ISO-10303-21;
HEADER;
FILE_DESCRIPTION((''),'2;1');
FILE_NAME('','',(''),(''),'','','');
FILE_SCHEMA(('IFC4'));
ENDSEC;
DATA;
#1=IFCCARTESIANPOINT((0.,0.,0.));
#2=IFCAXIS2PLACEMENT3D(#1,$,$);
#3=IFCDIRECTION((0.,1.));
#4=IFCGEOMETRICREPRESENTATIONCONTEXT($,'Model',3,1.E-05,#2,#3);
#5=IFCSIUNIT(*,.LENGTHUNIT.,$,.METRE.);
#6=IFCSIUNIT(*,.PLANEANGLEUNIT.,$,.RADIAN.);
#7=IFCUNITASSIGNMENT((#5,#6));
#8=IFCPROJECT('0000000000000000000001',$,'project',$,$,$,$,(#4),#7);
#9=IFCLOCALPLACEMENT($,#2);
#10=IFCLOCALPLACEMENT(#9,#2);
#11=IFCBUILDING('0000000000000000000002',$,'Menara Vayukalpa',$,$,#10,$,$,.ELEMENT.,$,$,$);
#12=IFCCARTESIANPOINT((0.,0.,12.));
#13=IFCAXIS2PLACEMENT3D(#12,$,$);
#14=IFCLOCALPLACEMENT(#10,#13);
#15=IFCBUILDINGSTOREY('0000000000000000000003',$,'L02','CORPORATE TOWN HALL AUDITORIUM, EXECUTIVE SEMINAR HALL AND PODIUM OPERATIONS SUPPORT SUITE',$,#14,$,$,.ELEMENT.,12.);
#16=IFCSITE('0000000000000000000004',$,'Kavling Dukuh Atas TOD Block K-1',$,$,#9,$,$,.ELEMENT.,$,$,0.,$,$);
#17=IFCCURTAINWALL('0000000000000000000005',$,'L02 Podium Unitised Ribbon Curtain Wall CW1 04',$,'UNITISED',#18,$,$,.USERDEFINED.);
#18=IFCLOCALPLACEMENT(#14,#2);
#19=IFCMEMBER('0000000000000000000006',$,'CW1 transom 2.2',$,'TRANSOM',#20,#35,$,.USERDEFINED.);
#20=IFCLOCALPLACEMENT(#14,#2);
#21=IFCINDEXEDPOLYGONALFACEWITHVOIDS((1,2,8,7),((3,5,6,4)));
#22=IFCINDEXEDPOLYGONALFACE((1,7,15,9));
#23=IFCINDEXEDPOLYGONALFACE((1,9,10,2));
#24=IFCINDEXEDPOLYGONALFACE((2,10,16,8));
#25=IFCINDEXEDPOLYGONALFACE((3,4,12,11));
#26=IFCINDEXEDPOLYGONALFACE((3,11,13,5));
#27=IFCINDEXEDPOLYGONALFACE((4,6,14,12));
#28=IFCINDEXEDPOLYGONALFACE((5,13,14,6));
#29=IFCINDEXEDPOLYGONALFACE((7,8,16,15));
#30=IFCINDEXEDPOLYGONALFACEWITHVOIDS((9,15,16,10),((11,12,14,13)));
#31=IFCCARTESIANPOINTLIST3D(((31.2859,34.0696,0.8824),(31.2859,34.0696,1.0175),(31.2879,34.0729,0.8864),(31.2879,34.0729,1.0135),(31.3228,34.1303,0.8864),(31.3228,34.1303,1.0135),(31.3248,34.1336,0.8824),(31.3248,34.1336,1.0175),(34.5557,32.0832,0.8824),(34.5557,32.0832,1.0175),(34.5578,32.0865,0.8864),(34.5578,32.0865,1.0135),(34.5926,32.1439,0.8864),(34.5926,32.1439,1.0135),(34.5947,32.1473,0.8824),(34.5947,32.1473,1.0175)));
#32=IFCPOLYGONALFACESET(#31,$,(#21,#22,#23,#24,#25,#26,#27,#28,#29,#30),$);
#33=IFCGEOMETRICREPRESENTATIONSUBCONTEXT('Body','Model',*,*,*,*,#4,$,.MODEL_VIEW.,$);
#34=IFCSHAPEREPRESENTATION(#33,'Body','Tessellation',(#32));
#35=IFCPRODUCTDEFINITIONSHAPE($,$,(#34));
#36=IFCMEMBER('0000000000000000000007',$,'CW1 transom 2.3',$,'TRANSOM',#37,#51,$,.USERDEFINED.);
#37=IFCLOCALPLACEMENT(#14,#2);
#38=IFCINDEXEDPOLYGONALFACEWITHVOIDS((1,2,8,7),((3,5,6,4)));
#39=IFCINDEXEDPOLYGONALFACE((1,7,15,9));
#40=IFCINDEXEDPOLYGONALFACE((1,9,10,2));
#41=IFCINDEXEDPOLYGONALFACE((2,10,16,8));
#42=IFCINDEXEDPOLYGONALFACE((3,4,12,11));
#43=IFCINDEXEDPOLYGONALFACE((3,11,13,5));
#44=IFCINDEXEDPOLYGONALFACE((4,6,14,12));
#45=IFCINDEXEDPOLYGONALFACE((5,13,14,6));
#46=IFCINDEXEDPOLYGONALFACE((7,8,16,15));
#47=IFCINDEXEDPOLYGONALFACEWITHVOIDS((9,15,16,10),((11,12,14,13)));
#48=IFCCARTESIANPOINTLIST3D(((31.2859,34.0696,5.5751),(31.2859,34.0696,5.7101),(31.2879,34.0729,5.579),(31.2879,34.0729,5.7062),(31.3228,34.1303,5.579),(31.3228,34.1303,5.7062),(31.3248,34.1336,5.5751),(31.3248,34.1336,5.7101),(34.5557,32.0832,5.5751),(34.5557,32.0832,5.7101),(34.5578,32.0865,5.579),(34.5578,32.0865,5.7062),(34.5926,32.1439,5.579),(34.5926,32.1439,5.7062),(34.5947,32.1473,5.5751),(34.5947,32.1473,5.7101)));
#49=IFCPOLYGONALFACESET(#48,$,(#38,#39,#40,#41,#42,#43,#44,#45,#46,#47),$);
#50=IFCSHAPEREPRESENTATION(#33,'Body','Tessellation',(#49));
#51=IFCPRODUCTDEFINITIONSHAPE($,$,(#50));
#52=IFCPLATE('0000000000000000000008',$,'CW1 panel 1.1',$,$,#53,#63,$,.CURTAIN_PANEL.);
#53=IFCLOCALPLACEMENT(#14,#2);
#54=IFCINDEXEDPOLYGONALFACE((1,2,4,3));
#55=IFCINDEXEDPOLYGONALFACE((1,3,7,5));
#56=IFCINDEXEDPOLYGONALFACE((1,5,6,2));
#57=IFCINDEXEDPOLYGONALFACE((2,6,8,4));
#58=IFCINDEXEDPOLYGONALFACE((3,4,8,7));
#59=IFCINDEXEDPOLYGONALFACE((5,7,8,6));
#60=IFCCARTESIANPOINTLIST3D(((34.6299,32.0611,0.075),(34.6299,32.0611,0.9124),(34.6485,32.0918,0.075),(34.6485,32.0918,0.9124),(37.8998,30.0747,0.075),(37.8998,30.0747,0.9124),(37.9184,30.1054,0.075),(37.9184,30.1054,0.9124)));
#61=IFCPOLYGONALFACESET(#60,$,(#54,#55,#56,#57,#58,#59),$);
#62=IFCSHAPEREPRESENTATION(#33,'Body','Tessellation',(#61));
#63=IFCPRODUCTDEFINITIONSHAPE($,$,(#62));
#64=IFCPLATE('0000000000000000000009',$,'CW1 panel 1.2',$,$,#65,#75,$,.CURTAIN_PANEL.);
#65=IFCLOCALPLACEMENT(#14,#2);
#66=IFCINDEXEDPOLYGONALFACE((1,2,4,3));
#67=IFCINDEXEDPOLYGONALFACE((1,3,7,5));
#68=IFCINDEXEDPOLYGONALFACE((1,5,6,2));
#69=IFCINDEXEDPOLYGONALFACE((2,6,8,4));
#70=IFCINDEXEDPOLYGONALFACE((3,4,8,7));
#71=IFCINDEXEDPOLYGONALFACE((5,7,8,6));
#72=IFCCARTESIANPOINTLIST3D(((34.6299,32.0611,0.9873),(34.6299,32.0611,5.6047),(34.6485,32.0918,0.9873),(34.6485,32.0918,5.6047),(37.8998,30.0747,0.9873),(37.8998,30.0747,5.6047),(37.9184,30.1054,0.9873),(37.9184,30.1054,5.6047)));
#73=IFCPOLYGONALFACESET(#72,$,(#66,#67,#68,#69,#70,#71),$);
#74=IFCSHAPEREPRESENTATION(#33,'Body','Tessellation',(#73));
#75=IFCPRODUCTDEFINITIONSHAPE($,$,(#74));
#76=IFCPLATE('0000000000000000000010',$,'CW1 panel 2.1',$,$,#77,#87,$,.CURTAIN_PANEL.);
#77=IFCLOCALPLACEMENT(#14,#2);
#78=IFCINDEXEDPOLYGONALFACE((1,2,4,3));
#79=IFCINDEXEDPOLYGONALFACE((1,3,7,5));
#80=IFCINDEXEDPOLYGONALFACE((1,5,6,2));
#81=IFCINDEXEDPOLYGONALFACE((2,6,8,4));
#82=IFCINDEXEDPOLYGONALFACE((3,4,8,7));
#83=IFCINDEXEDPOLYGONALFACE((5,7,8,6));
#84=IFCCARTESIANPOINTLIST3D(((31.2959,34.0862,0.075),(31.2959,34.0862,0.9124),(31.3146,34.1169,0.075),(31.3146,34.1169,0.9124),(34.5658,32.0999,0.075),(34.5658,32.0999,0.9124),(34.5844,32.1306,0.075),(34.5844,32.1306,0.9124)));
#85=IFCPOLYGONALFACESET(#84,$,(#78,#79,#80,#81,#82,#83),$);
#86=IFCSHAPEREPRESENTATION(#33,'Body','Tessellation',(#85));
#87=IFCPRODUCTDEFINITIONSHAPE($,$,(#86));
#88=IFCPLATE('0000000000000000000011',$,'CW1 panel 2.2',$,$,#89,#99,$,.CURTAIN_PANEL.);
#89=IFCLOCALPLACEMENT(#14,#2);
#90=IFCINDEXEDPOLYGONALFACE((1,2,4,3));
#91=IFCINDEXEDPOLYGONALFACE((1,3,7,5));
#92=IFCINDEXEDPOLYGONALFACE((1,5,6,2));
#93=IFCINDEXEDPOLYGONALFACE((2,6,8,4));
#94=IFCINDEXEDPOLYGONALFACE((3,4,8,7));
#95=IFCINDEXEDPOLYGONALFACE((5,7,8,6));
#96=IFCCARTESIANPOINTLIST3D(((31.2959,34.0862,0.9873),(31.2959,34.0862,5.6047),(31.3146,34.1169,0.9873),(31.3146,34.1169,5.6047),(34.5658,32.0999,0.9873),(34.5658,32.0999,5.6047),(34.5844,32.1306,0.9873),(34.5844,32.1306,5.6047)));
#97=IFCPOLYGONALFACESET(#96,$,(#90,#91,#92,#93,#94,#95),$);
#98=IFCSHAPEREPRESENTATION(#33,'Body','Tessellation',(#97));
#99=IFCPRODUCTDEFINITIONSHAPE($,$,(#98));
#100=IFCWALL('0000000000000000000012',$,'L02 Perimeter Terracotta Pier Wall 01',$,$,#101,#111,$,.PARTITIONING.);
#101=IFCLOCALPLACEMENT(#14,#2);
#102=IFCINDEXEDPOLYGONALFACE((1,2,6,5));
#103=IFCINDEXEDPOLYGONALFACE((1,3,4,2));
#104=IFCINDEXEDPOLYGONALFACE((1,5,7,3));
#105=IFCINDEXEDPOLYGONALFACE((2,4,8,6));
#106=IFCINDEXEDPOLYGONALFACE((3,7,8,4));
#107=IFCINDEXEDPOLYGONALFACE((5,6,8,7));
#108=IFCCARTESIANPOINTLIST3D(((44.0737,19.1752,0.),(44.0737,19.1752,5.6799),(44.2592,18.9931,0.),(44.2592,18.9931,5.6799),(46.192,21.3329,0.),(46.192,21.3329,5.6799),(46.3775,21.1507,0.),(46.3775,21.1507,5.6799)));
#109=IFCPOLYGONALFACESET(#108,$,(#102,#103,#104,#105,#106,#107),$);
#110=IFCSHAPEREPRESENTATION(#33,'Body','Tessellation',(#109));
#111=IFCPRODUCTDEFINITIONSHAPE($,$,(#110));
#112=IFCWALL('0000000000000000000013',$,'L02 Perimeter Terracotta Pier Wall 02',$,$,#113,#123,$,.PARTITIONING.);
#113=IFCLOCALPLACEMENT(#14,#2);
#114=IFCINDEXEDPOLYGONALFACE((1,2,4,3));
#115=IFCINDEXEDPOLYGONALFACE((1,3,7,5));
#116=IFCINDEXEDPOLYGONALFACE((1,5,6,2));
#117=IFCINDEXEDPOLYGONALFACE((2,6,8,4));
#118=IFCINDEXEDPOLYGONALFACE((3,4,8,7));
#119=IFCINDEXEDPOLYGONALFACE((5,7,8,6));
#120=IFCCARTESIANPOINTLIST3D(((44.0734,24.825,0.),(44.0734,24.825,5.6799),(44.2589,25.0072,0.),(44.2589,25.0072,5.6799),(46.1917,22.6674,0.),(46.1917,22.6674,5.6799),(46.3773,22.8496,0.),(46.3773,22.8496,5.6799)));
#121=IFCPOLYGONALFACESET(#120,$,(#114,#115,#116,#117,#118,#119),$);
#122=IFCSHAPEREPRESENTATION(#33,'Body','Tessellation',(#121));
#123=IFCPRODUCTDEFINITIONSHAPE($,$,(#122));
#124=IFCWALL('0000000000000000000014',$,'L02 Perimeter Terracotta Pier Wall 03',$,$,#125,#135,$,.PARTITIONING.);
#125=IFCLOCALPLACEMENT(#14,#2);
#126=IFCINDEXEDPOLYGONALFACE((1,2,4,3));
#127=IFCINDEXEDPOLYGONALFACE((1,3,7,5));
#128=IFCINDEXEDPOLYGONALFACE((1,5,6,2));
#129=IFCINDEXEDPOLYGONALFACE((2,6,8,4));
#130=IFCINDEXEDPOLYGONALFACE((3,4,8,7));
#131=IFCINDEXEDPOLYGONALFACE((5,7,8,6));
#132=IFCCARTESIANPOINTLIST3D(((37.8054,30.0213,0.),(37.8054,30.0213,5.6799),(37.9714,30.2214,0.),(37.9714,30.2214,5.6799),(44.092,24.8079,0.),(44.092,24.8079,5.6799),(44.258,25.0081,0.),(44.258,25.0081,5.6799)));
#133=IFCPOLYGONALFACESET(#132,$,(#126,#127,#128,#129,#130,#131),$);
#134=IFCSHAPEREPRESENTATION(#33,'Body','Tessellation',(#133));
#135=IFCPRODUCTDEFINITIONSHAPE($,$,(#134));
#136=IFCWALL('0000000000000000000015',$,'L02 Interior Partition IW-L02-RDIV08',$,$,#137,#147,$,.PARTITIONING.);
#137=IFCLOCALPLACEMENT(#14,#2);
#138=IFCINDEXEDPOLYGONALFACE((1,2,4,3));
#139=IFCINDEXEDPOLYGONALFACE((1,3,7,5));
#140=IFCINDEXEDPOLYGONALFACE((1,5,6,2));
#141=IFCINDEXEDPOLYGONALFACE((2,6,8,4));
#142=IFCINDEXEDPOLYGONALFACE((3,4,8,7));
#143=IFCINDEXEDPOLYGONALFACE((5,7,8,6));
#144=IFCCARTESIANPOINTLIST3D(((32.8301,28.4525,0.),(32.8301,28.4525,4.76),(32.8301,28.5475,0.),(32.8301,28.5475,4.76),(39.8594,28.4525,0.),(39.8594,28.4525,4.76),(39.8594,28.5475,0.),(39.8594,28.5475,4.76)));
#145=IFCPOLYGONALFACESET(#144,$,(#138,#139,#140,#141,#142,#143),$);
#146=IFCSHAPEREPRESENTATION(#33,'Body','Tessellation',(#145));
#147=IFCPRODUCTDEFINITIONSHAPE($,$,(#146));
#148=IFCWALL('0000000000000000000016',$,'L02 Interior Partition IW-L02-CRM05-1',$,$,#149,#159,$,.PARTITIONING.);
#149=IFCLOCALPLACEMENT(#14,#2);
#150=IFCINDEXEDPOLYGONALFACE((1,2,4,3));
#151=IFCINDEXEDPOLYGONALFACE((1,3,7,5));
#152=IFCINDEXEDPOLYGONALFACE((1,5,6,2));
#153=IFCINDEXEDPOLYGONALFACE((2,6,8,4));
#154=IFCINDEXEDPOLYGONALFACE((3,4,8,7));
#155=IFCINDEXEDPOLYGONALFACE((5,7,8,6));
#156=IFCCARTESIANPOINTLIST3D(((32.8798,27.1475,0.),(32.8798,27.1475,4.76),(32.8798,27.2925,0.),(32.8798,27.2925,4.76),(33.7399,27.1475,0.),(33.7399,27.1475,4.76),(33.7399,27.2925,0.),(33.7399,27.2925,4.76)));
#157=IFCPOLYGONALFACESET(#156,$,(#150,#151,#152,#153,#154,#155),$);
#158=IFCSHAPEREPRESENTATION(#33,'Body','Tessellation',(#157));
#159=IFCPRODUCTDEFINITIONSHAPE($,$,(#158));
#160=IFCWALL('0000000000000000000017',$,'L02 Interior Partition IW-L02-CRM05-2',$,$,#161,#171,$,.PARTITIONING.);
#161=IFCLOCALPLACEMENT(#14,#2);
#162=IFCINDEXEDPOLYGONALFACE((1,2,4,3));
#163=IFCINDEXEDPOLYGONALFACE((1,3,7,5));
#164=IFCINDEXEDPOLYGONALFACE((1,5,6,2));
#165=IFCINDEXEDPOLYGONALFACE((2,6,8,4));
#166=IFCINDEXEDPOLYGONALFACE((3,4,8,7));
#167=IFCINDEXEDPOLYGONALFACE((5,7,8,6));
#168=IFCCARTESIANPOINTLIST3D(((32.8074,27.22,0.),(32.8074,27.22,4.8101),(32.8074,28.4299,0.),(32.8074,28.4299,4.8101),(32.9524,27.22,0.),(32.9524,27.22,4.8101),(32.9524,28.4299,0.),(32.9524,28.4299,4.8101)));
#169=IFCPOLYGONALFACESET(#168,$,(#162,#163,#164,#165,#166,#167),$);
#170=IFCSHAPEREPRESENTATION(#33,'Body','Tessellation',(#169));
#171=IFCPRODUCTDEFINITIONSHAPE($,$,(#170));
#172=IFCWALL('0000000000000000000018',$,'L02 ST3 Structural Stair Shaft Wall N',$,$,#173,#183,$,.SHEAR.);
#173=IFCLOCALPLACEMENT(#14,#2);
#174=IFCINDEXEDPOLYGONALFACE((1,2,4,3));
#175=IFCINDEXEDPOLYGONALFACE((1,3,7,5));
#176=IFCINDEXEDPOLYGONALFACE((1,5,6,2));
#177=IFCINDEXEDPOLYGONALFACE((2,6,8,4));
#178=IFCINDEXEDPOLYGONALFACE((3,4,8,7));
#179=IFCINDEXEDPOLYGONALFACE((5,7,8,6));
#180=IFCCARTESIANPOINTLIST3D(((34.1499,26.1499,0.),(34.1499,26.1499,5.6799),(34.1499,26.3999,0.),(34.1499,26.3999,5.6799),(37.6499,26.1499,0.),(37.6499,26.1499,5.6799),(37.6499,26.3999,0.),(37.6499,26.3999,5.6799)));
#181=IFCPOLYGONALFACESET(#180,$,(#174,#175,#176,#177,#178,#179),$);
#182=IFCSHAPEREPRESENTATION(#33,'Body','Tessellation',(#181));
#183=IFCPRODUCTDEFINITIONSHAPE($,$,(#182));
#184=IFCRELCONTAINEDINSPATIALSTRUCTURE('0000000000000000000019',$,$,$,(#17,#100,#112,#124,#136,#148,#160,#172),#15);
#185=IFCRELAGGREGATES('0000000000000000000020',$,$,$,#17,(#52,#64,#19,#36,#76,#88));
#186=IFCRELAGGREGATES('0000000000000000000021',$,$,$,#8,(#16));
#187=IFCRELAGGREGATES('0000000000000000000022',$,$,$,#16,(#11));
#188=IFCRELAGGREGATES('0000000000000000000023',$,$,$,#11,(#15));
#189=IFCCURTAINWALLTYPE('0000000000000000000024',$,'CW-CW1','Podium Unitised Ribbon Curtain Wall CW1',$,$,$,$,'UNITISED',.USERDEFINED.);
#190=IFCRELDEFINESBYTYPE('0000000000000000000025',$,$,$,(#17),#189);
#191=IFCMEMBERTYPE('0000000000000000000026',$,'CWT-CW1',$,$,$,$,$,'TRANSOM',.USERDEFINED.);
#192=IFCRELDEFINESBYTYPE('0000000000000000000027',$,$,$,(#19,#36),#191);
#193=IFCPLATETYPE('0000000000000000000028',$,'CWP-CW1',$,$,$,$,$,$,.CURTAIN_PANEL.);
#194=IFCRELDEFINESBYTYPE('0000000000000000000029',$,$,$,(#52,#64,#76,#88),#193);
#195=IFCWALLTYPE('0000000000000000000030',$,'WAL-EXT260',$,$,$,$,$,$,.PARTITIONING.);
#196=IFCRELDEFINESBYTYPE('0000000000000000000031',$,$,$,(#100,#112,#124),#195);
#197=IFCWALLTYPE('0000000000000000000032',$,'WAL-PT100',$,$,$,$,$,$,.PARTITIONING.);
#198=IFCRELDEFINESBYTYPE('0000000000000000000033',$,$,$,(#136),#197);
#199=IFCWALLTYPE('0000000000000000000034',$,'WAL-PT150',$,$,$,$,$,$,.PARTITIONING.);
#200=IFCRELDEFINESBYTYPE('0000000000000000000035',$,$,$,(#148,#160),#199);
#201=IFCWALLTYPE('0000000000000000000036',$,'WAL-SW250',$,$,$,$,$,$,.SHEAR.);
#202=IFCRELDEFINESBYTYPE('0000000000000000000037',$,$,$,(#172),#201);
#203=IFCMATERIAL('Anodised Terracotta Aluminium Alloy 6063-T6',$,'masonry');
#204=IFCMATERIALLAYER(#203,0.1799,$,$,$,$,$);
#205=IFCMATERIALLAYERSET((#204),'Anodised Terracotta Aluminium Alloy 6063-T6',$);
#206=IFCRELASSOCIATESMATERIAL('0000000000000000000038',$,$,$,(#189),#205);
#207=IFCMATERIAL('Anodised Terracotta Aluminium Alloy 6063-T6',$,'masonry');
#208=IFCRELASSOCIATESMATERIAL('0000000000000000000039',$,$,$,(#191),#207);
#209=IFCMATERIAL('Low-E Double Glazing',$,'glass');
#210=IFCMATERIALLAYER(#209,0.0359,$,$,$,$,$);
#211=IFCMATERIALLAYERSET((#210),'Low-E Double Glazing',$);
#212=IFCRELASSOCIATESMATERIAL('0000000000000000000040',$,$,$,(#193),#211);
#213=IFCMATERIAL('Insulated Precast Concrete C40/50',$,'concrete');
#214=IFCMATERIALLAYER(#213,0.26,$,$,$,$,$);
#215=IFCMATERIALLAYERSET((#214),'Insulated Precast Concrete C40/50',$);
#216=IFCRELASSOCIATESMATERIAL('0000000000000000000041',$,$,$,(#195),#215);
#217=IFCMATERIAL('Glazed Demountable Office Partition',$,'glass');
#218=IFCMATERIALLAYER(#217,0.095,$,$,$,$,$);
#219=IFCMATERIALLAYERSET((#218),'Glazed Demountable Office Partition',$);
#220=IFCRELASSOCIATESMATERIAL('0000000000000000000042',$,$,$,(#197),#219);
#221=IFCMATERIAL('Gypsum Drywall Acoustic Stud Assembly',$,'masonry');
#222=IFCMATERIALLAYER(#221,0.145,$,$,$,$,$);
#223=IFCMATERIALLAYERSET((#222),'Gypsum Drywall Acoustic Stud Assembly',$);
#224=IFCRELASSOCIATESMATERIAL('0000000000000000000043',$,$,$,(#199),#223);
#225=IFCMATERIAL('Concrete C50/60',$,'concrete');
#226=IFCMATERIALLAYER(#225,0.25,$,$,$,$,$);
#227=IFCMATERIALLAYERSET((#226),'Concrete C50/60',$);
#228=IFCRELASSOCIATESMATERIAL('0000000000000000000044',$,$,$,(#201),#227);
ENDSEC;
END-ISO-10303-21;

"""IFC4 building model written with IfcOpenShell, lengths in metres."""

from ifc_helpers import new_model, si_unit, direction, frame, frame_2d, origin, origin_2d, place, context, subcontext, project, spatial, rectangle, hollow_rectangle, extrude, material, layer, layer_set, material_profile, profile_set, type_object, element, aggregate, save


model = new_model("IFC4")

# Units and contexts
model_context = context("Model", 3, precision=1e-05, world=origin(), true_north=direction((0.0, 1.0)))
body_context = subcontext(model_context, "Body", "Model", "MODEL_VIEW")
ifc_project = project(units=[si_unit("LENGTHUNIT", "METRE"), si_unit("PLANEANGLEUNIT", "RADIAN")], contexts=[model_context])

# Site, building, storey
site_placement = place(None, origin())
site = spatial("IfcSite", under=ifc_project, at=site_placement, Name="Kavling Dukuh Atas TOD Block K-1", CompositionType="ELEMENT", RefElevation=0.0)
building_placement = place(site_placement, origin())
building = spatial("IfcBuilding", under=site, at=building_placement, Name="Menara Vayukalpa", CompositionType="ELEMENT")
storey_placement = place(building_placement, frame((0.0, 0.0, 12.0)))
storey = spatial("IfcBuildingStorey", under=building, at=storey_placement, Name="L02", Description="CORPORATE TOWN HALL AUDITORIUM, EXECUTIVE SEMINAR HALL AND PODIUM OPERATIONS SUPPORT SUITE", CompositionType="ELEMENT", Elevation=12.0)

# Curtain wall, members, plates
ifc_material_1 = material(Name="Anodised Terracotta Aluminium Alloy 6063-T6", Category="masonry")
ifc_layer_1 = layer(ifc_material_1, 0.1799)
ifc_layer_set_1 = layer_set([ifc_layer_1], Name="Anodised Terracotta Aluminium Alloy 6063-T6")
curtain_wall_type = type_object("IfcCurtainWallType", Name="CW-CW1", Description="Podium Unitised Ribbon Curtain Wall CW1", ElementType="UNITISED", PredefinedType="USERDEFINED", material=ifc_layer_set_1)
curtain_wall_placement = place(storey_placement, origin())
curtain_wall = element("IfcCurtainWall", 1, at=curtain_wall_placement, inside=storey, type_object=curtain_wall_type, Name="L02 Podium Unitised Ribbon Curtain Wall CW1 04", ObjectType="UNITISED", PredefinedType="USERDEFINED")
ifc_material_2 = material(Name="Anodised Terracotta Aluminium Alloy 6063-T6", Category="masonry")
ifc_material_profile_1 = material_profile(ifc_material_2, hollow_rectangle(XDim=0.075, YDim=0.135, WallThickness=0.0039, at=origin_2d()), Name="ALU 75x135x4")
ifc_profile_set_1 = profile_set([ifc_material_profile_1], Name="Anodised Terracotta Aluminium Alloy 6063-T6")
member_type_1 = type_object("IfcMemberType", Name="CWT-CW1", ElementType="TRANSOM", PredefinedType="USERDEFINED", material=ifc_profile_set_1)
member_1_placement = place(storey_placement, frame((34.5752, 32.1152, 0.95), z_axis=(-0.854659, 0.51919, 0.0), x_axis=(-0.51919, -0.854659, 0.0)))
member_1 = element("IfcMember", 2, at=member_1_placement, type_object=member_type_1, Name="CW1 transom 2.2", ObjectType="TRANSOM", PredefinedType="USERDEFINED", context=body_context, shape_type="SweptSolid", body=[
    extrude(hollow_rectangle(XDim=0.075, YDim=0.135, WallThickness=0.0039, at=origin_2d()), origin(), (0.0, 0.0, 1.0), 3.8259),
])
member_2_placement = place(storey_placement, frame((34.5752, 32.1152, 5.6426), z_axis=(-0.854659, 0.51919, 0.0), x_axis=(-0.51919, -0.854659, 0.0)))
member_2 = element("IfcMember", 3, at=member_2_placement, type_object=member_type_1, Name="CW1 transom 2.3", ObjectType="TRANSOM", PredefinedType="USERDEFINED", context=body_context, shape_type="SweptSolid", body=[
    extrude(hollow_rectangle(XDim=0.075, YDim=0.135, WallThickness=0.0039, at=origin_2d()), origin(), (0.0, 0.0, 1.0), 3.8259),
])
ifc_material_3 = material(Name="Low-E Double Glazing", Category="glass")
ifc_layer_2 = layer(ifc_material_3, 0.0359)
ifc_layer_set_2 = layer_set([ifc_layer_2], Name="Low-E Double Glazing")
plate_type = type_object("IfcPlateType", Name="CWP-CW1", PredefinedType="CURTAIN_PANEL", material=ifc_layer_set_2)
plate_1_placement = place(storey_placement, frame((36.2742, 31.0833, 0.075), z_axis=(0.0, 0.0, 1.0), x_axis=(-0.854665, 0.51918, 0.0)))
plate_1 = element("IfcPlate", 4, at=plate_1_placement, type_object=plate_type, Name="CW1 panel 1.1", PredefinedType="CURTAIN_PANEL", context=body_context, shape_type="SweptSolid", body=[
    extrude(rectangle(XDim=3.8259, YDim=0.0359, at=origin_2d()), origin(), (0.0, 0.0, 1.0), 0.8374),
])
plate_2_placement = place(storey_placement, frame((36.2742, 31.0833, 0.9873), z_axis=(0.0, 0.0, 1.0), x_axis=(-0.854665, 0.51918, 0.0)))
plate_2 = element("IfcPlate", 5, at=plate_2_placement, type_object=plate_type, Name="CW1 panel 1.2", PredefinedType="CURTAIN_PANEL", context=body_context, shape_type="SweptSolid", body=[
    extrude(rectangle(XDim=3.8259, YDim=0.0359, at=origin_2d()), origin(), (0.0, 0.0, 1.0), 4.6174),
])
plate_3_placement = place(storey_placement, frame((32.9402, 33.1084, 0.075), z_axis=(0.0, 0.0, 1.0), x_axis=(-0.854665, 0.51918, 0.0)))
plate_3 = element("IfcPlate", 6, at=plate_3_placement, type_object=plate_type, Name="CW1 panel 2.1", PredefinedType="CURTAIN_PANEL", context=body_context, shape_type="SweptSolid", body=[
    extrude(rectangle(XDim=3.8259, YDim=0.0359, at=origin_2d()), origin(), (0.0, 0.0, 1.0), 0.8374),
])
plate_4_placement = place(storey_placement, frame((32.9402, 33.1084, 0.9873), z_axis=(0.0, 0.0, 1.0), x_axis=(-0.854665, 0.51918, 0.0)))
plate_4 = element("IfcPlate", 7, at=plate_4_placement, type_object=plate_type, Name="CW1 panel 2.2", PredefinedType="CURTAIN_PANEL", context=body_context, shape_type="SweptSolid", body=[
    extrude(rectangle(XDim=3.8259, YDim=0.0359, at=origin_2d()), origin(), (0.0, 0.0, 1.0), 4.6174),
])
aggregate(curtain_wall, [plate_1, plate_2, member_1, member_2, plate_3, plate_4])

# Walls
ifc_material_4 = material(Name="Insulated Precast Concrete C40/50", Category="concrete")
ifc_layer_3 = layer(ifc_material_4, 0.26)
ifc_layer_set_3 = layer_set([ifc_layer_3], Name="Insulated Precast Concrete C40/50")
wall_type_1 = type_object("IfcWallType", Name="WAL-EXT260", PredefinedType="PARTITIONING", material=ifc_layer_set_3)
for number, where, z_axis, x_axis, name in (
    (8, (46.2847, 21.2417, 0.0), (0.0, 0.0, 1.0), (-0.700577, -0.713576, 0.0), "L02 Perimeter Terracotta Pier Wall 01"),
    (9, (44.1663, 24.916, 0.0), (0.0, 0.0, 1.0), (0.700577, -0.713576, 0.0), "L02 Perimeter Terracotta Pier Wall 02"),
):
    element("IfcWall", number, at=place(storey_placement, frame(where, z_axis=z_axis, x_axis=x_axis)), inside=storey, type_object=wall_type_1, Name=name, PredefinedType="PARTITIONING", context=body_context, shape_type="SweptSolid", body=[
        extrude(rectangle(XDim=3.0237, YDim=0.26, at=frame_2d((1.5117, 0.0))), origin(), (0.0, 0.0, 1.0), 5.6799),
    ])
wall_1_placement = place(storey_placement, frame((37.8884, 30.1213, 0.0), z_axis=(0.0, 0.0, 1.0), x_axis=(0.769753, -0.638342, 0.0)))
element("IfcWall", 10, at=wall_1_placement, inside=storey, type_object=wall_type_1, Name="L02 Perimeter Terracotta Pier Wall 03", PredefinedType="PARTITIONING", context=body_context, shape_type="SweptSolid", body=[
    extrude(rectangle(XDim=8.167, YDim=0.26, at=frame_2d((4.0835, 0.0))), origin(), (0.0, 0.0, 1.0), 5.6799),
])
ifc_material_5 = material(Name="Glazed Demountable Office Partition", Category="glass")
ifc_layer_4 = layer(ifc_material_5, 0.095)
ifc_layer_set_4 = layer_set([ifc_layer_4], Name="Glazed Demountable Office Partition")
wall_type_2 = type_object("IfcWallType", Name="WAL-PT100", PredefinedType="PARTITIONING", material=ifc_layer_set_4)
wall_2_placement = place(storey_placement, frame((32.8301, 28.5, 0.0), z_axis=(0.0, 0.0, 1.0), x_axis=(1.0, 0.0, 0.0)))
element("IfcWall", 11, at=wall_2_placement, inside=storey, type_object=wall_type_2, Name="L02 Interior Partition IW-L02-RDIV08", PredefinedType="PARTITIONING", context=body_context, shape_type="SweptSolid", body=[
    extrude(rectangle(XDim=7.0293, YDim=0.095, at=frame_2d((3.5146, 0.0))), origin(), (0.0, 0.0, 1.0), 4.76),
])
ifc_material_6 = material(Name="Gypsum Drywall Acoustic Stud Assembly", Category="masonry")
ifc_layer_5 = layer(ifc_material_6, 0.145)
ifc_layer_set_5 = layer_set([ifc_layer_5], Name="Gypsum Drywall Acoustic Stud Assembly")
wall_type_3 = type_object("IfcWallType", Name="WAL-PT150", PredefinedType="PARTITIONING", material=ifc_layer_set_5)
wall_3_placement = place(storey_placement, frame((33.74, 27.22, 0.0), z_axis=(0.0, 0.0, 1.0), x_axis=(-1.0, 0.0, 0.0)))
element("IfcWall", 12, at=wall_3_placement, inside=storey, type_object=wall_type_3, Name="L02 Interior Partition IW-L02-CRM05-1", PredefinedType="PARTITIONING", context=body_context, shape_type="SweptSolid", body=[
    extrude(rectangle(XDim=0.8601, YDim=0.145, at=frame_2d((0.4302, 0.0))), origin(), (0.0, 0.0, 1.0), 4.76),
])
wall_4_placement = place(storey_placement, frame((32.8799, 27.22, 0.0), z_axis=(0.0, 0.0, 1.0), x_axis=(0.0, 1.0, 0.0)))
element("IfcWall", 13, at=wall_4_placement, inside=storey, type_object=wall_type_3, Name="L02 Interior Partition IW-L02-CRM05-2", PredefinedType="PARTITIONING", context=body_context, shape_type="SweptSolid", body=[
    extrude(rectangle(XDim=1.21, YDim=0.145, at=frame_2d((0.605, 0.0))), origin(), (0.0, 0.0, 1.0), 4.8101),
])
ifc_material_7 = material(Name="Concrete C50/60", Category="concrete")
ifc_layer_6 = layer(ifc_material_7, 0.25)
ifc_layer_set_6 = layer_set([ifc_layer_6], Name="Concrete C50/60")
wall_type_4 = type_object("IfcWallType", Name="WAL-SW250", PredefinedType="SHEAR", material=ifc_layer_set_6)
wall_5_placement = place(storey_placement, frame((34.1499, 26.2749, 0.0), z_axis=(0.0, 0.0, 1.0), x_axis=(1.0, 0.0, 0.0)))
element("IfcWall", 14, at=wall_5_placement, inside=storey, type_object=wall_type_4, Name="L02 ST3 Structural Stair Shaft Wall N", PredefinedType="SHEAR", context=body_context, shape_type="SweptSolid", body=[
    extrude(rectangle(XDim=3.5, YDim=0.25, at=frame_2d((1.75, 0.0))), origin(), (0.0, 0.0, 1.0), 5.6799),
])

save(model, "model.ifc")
